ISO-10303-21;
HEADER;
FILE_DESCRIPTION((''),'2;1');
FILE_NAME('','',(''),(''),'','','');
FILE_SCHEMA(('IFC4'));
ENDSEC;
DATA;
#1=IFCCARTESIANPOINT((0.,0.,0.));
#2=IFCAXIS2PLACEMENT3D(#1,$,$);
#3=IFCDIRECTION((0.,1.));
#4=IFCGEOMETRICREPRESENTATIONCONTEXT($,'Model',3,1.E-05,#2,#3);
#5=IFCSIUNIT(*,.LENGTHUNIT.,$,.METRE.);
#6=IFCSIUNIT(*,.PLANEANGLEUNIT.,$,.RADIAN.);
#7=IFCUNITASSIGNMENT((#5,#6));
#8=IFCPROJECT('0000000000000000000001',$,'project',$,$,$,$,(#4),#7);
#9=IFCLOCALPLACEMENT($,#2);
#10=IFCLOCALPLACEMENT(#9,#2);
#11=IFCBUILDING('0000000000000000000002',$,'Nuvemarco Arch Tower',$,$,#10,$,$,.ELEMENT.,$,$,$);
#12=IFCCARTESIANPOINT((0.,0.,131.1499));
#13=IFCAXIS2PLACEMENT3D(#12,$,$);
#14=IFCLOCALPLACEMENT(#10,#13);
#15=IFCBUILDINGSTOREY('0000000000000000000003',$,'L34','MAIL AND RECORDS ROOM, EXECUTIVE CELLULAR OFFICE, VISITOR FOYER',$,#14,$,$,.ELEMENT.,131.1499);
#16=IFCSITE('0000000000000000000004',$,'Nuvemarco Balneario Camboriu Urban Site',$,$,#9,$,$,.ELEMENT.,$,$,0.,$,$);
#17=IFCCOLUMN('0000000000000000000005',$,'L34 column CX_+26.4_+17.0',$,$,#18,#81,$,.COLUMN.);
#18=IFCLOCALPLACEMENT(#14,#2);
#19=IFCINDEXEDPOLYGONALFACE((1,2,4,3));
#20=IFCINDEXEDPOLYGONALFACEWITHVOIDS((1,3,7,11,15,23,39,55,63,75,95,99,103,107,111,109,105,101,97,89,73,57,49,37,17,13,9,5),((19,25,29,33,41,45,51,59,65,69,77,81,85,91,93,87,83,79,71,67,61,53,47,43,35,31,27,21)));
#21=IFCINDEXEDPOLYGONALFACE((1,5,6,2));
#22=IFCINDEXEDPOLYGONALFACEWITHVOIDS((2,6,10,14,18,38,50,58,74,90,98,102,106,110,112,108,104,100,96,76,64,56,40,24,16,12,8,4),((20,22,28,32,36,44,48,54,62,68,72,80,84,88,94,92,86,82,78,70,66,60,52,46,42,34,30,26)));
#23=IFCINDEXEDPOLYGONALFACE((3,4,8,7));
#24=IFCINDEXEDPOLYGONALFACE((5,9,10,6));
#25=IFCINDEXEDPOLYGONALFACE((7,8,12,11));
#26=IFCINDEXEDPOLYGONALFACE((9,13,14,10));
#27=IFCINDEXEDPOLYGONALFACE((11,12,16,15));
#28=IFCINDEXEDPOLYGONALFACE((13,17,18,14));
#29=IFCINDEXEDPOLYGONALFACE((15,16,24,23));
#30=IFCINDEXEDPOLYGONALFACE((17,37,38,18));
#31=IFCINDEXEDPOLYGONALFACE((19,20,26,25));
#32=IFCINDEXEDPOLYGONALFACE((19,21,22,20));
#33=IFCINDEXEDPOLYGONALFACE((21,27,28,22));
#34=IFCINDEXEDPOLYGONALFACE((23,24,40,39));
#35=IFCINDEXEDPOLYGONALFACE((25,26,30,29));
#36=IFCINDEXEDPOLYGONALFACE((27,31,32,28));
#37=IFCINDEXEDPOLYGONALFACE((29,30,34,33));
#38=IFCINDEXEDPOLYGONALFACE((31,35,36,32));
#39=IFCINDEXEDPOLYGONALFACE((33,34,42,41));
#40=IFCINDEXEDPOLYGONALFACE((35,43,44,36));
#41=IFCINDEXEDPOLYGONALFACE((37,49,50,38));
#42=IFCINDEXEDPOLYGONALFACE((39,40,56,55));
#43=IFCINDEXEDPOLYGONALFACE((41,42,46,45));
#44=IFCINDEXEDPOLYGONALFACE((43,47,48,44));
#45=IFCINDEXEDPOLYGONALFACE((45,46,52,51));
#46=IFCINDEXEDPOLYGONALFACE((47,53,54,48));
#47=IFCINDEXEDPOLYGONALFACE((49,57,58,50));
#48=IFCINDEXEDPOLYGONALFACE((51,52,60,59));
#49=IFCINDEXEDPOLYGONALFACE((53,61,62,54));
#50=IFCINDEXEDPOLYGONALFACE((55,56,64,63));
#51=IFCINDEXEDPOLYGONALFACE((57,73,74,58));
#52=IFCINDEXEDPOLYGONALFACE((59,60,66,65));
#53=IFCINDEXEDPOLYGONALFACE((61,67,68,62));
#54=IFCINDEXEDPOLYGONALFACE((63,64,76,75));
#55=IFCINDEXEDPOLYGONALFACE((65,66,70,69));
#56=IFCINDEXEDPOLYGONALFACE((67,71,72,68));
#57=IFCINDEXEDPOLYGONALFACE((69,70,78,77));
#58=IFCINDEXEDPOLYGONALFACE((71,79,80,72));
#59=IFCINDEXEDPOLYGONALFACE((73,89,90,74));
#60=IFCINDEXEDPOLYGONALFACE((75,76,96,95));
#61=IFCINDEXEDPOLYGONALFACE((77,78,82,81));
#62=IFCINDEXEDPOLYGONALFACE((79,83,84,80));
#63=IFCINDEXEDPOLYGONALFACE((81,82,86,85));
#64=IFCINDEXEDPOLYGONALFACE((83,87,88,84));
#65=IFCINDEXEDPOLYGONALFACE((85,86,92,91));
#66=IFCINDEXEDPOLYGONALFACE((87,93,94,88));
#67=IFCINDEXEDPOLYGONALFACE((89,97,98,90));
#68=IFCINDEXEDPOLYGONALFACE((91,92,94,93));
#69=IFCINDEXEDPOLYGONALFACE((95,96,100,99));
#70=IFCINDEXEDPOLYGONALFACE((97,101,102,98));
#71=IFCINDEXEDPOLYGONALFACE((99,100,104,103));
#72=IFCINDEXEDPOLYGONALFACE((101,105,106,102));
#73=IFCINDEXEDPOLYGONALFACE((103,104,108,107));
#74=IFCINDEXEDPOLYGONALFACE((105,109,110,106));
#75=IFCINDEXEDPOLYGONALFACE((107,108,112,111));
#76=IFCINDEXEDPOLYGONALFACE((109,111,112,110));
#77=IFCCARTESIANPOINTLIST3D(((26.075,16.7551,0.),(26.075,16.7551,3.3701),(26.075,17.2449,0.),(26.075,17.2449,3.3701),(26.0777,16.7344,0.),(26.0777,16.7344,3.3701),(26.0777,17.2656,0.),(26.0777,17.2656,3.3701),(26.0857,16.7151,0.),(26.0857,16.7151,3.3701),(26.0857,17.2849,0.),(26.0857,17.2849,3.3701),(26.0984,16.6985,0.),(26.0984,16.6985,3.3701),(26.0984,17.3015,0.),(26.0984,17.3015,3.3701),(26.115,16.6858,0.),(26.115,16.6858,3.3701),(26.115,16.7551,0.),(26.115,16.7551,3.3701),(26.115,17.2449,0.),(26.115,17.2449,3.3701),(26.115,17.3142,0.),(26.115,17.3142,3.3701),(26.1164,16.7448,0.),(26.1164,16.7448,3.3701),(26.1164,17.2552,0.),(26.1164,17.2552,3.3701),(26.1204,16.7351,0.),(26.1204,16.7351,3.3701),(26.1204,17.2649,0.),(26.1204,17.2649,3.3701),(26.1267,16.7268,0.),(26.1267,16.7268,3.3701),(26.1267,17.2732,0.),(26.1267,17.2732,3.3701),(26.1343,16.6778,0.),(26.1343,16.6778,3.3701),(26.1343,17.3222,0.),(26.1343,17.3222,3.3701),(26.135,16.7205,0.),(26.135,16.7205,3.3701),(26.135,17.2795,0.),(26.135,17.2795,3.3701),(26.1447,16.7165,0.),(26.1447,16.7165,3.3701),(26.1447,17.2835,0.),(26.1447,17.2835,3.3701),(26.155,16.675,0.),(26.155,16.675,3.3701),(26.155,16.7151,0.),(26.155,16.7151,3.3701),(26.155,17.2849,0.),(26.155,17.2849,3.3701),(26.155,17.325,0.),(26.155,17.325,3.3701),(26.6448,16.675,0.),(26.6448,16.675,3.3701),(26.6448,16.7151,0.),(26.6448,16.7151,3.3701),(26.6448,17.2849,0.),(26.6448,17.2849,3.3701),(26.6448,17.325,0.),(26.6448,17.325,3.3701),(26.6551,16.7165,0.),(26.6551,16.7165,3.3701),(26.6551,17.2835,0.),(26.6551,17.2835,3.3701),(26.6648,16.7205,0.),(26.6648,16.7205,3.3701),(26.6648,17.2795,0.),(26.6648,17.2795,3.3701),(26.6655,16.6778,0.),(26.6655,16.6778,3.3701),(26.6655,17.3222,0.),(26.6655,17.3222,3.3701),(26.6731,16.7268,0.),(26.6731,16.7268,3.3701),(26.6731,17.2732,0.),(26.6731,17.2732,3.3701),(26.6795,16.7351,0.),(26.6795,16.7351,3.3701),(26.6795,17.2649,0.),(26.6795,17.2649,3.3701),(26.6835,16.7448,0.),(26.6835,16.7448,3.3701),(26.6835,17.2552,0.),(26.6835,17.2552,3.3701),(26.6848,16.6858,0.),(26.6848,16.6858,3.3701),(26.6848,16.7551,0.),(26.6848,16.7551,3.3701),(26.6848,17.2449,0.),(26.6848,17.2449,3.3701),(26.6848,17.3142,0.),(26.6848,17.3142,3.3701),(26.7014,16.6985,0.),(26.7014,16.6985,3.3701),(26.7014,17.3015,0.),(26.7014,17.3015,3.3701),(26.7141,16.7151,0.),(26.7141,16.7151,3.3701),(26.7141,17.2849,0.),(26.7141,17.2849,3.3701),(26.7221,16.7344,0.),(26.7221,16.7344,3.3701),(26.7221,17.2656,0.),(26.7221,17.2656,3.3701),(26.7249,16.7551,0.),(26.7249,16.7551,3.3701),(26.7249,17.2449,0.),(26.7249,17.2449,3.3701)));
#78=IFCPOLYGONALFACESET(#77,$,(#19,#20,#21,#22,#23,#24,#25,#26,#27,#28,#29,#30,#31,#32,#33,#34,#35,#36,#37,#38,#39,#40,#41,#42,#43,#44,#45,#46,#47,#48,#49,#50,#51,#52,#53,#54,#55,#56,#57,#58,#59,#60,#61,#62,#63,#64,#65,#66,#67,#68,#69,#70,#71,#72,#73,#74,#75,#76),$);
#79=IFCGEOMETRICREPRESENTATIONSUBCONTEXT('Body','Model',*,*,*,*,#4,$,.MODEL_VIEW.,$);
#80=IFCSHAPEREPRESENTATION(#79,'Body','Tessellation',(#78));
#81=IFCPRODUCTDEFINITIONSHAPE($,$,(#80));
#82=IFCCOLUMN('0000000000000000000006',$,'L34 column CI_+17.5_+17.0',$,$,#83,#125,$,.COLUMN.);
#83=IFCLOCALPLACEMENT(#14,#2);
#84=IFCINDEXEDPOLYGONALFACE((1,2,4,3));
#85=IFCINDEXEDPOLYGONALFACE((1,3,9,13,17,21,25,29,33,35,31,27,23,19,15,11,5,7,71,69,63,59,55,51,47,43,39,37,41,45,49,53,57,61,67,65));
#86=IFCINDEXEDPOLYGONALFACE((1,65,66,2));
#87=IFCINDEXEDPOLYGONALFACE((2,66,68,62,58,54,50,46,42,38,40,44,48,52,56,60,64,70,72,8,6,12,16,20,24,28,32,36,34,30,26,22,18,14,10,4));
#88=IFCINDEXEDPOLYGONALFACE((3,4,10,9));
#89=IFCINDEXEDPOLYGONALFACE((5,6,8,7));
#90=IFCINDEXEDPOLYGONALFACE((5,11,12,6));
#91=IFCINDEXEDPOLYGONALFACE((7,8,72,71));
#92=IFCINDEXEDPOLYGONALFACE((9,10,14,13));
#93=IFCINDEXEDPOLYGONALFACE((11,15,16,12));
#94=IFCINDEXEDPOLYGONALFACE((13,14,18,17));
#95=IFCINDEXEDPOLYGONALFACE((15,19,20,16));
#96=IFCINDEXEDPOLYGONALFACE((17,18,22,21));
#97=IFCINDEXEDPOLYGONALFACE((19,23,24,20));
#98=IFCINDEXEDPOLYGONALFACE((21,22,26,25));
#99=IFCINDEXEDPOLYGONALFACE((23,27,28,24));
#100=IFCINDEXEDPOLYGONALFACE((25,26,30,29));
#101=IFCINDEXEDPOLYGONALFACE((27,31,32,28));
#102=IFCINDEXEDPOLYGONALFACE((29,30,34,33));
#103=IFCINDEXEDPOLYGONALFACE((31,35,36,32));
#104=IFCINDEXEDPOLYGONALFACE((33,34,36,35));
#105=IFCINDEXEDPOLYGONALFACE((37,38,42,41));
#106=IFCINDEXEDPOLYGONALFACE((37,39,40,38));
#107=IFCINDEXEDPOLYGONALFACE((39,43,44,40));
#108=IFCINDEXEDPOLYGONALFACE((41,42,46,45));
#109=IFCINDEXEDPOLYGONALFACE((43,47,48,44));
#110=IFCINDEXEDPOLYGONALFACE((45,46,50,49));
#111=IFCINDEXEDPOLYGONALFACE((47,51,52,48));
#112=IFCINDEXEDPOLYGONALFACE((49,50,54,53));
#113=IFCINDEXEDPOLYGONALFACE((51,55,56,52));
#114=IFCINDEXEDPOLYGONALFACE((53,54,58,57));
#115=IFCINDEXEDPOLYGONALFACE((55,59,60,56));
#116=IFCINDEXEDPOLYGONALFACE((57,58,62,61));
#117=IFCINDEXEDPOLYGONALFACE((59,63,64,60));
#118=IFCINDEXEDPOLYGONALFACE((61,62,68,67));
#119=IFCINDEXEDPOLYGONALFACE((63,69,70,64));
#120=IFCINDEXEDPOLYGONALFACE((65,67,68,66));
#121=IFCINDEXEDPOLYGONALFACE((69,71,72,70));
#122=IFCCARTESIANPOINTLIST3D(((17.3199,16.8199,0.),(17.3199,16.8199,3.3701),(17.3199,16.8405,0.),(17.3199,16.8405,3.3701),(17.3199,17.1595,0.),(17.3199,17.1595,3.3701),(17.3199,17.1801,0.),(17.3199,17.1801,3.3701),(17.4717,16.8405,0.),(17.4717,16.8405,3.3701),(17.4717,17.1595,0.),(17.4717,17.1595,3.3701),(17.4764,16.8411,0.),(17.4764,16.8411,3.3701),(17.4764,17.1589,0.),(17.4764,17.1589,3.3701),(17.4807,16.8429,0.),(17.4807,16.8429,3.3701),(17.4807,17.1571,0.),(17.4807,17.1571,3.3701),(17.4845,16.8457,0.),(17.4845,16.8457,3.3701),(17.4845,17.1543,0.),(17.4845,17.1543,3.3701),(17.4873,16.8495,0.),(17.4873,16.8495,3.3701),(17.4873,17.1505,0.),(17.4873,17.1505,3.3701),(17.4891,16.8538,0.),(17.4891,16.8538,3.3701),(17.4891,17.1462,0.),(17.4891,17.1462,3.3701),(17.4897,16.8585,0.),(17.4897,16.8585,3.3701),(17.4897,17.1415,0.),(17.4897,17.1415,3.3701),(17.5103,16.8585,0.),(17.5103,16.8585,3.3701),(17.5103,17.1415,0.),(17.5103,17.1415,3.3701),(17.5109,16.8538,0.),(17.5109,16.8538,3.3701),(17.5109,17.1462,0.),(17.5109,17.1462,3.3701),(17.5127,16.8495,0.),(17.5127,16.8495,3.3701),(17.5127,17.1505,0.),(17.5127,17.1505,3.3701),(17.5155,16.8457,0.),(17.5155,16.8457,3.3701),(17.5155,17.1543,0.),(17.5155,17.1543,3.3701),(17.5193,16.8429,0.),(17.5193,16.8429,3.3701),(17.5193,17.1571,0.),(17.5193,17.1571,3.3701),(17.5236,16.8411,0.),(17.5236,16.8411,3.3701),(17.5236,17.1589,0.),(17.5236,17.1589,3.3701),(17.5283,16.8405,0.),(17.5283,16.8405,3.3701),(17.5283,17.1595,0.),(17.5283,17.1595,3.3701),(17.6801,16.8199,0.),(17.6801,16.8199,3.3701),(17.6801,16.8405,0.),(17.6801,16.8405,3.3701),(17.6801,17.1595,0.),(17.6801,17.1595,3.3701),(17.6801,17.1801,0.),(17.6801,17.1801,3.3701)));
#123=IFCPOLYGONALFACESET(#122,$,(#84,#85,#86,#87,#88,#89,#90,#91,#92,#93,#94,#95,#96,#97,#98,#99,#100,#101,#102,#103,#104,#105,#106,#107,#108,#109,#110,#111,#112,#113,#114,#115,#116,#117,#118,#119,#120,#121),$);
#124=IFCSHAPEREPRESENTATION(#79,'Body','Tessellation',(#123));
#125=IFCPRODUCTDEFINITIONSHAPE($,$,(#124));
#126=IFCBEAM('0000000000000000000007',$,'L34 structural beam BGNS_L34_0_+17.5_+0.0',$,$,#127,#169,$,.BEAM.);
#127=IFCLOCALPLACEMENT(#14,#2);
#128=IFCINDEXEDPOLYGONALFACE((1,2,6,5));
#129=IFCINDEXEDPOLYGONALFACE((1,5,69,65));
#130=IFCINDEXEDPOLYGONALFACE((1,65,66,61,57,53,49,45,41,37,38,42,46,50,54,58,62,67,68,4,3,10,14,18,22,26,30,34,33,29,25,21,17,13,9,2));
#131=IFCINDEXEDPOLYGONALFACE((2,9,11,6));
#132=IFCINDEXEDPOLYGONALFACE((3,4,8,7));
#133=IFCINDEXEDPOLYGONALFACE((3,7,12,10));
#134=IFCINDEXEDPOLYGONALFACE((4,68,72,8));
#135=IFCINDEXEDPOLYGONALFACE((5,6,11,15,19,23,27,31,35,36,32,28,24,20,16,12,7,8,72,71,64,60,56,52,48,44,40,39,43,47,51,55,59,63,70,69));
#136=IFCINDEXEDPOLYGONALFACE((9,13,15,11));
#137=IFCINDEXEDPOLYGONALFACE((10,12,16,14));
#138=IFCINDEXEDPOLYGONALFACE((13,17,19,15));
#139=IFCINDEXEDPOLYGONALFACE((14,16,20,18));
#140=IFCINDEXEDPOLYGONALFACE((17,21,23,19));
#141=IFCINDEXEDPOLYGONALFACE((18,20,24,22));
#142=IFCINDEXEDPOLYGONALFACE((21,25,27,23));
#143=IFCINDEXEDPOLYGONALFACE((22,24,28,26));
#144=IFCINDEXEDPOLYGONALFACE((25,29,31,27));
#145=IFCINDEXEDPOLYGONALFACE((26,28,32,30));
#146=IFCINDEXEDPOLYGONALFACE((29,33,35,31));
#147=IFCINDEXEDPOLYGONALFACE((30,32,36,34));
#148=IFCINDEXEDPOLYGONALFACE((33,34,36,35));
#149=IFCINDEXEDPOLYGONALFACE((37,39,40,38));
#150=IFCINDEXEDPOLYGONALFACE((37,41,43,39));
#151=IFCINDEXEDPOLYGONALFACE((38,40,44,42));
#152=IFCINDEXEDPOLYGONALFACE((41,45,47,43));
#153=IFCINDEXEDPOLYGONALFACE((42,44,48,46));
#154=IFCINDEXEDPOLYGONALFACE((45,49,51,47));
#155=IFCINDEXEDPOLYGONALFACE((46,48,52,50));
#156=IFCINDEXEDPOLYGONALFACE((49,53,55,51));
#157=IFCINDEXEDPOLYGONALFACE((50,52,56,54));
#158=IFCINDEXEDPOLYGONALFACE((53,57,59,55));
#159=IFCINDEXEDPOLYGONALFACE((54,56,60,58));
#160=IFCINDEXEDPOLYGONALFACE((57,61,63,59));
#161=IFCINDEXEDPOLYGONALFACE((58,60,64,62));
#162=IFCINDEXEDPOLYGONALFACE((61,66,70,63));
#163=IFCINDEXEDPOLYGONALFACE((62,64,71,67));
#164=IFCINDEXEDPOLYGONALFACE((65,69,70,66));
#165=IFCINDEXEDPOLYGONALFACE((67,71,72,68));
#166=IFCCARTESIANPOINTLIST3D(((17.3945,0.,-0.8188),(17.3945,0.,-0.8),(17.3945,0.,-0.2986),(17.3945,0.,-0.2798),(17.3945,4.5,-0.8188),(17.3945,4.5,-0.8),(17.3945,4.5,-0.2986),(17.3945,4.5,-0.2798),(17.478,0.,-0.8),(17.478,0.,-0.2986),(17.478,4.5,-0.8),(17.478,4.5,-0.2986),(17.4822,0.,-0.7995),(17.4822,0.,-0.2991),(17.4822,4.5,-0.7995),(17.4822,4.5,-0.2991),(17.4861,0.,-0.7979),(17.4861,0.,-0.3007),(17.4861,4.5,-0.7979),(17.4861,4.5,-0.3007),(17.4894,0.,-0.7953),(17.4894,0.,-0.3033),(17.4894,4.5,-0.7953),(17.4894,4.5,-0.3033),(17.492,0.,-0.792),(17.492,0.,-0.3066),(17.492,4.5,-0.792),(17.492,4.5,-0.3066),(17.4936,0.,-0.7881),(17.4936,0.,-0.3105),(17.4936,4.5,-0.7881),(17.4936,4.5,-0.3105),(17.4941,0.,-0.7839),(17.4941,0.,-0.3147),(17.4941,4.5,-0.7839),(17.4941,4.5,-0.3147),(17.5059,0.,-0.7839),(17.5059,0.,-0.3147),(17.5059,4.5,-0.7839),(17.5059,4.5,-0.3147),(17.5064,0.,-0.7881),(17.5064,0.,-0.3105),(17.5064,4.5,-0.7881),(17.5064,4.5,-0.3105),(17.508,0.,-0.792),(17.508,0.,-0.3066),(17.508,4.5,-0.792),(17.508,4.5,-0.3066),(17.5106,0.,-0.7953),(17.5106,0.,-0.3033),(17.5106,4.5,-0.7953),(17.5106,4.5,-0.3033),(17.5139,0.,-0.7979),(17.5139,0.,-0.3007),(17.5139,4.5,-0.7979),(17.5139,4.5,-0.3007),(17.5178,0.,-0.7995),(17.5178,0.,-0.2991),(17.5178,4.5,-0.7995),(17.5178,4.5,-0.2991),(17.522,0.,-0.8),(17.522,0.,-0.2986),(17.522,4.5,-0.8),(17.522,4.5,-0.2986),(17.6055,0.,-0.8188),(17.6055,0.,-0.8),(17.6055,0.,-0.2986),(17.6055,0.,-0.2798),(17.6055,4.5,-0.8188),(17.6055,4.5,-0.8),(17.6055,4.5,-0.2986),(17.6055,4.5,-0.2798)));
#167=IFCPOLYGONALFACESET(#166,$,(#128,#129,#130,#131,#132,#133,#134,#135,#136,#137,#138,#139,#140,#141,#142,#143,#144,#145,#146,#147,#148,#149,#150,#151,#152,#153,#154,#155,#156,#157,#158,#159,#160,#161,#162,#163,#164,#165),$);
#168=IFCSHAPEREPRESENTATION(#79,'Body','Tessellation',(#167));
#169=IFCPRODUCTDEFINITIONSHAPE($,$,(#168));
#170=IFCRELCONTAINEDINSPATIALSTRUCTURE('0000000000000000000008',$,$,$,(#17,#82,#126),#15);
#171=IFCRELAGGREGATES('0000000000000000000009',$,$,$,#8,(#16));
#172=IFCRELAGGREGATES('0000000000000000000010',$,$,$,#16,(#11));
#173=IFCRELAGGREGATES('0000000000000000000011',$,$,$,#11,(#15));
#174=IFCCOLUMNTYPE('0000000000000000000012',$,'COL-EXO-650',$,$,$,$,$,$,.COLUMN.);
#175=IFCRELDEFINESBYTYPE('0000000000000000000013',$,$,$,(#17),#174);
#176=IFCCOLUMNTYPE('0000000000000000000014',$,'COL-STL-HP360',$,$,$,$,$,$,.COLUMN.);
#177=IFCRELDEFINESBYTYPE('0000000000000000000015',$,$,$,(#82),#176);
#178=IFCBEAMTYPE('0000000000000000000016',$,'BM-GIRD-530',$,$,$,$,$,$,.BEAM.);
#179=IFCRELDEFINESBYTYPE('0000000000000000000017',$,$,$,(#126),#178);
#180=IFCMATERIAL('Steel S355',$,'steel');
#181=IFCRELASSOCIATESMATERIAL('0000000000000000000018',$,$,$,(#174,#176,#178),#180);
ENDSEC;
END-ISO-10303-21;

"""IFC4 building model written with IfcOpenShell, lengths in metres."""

from ifc_helpers import new_model, si_unit, direction, frame, origin, origin_2d, place, context, subcontext, project, spatial, hollow_rectangle, i_section, extrude, material, material_profile, profile_set, type_object, element, save


model = new_model("IFC4")

# Units and contexts
model_context = context("Model", 3, precision=1e-05, world=origin(), true_north=direction((0.0, 1.0)))
body_context = subcontext(model_context, "Body", "Model", "MODEL_VIEW")
ifc_project = project(units=[si_unit("LENGTHUNIT", "METRE"), si_unit("PLANEANGLEUNIT", "RADIAN")], contexts=[model_context])

# Site, building, storey
site_placement = place(None, origin())
site = spatial("IfcSite", under=ifc_project, at=site_placement, Name="Nuvemarco Balneario Camboriu Urban Site", CompositionType="ELEMENT", RefElevation=0.0)
building_placement = place(site_placement, origin())
building = spatial("IfcBuilding", under=site, at=building_placement, Name="Nuvemarco Arch Tower", CompositionType="ELEMENT")
storey_placement = place(building_placement, frame((0.0, 0.0, 131.1499)))
storey = spatial("IfcBuildingStorey", under=building, at=storey_placement, Name="L34", Description="MAIL AND RECORDS ROOM, EXECUTIVE CELLULAR OFFICE, VISITOR FOYER", CompositionType="ELEMENT", Elevation=131.1499)

# Columns
ifc_material_1 = material(Name="Steel S355", Category="steel")
ifc_material_profile_1 = material_profile(ifc_material_1, hollow_rectangle(XDim=0.6499, YDim=0.6499, WallThickness=0.04, InnerFilletRadius=0.04, OuterFilletRadius=0.0801, at=origin_2d()), Name="SHS650x650x40")
ifc_profile_set_1 = profile_set([ifc_material_profile_1], Name="Steel S355")
column_type_1 = type_object("IfcColumnType", Name="COL-EXO-650", PredefinedType="COLUMN", material=ifc_profile_set_1)
for number, where, z_axis, x_axis, name in (
    (1, (26.3999, 17.0, 0.0), (0.0, 0.0, 1.0), (1.0, 0.0, 0.0), "L34 column CX_+26.4_+17.0"),
):
    element("IfcColumn", number, at=place(storey_placement, frame(where, z_axis=z_axis, x_axis=x_axis)), inside=storey, type_object=column_type_1, Name=name, PredefinedType="COLUMN", context=body_context, shape_type="SweptSolid", body=[
        extrude(hollow_rectangle(XDim=0.6499, YDim=0.6499, WallThickness=0.04, InnerFilletRadius=0.04, OuterFilletRadius=0.0801, at=origin_2d()), origin(), (0.0, 0.0, 1.0), 3.3701),
    ])
ifc_material_profile_2 = material_profile(ifc_material_1, i_section(OverallWidth=0.3601, OverallDepth=0.3601, WebThickness=0.0205, FlangeThickness=0.0205, FilletRadius=0.0181, at=origin_2d()), Name="HP360x174")
ifc_profile_set_2 = profile_set([ifc_material_profile_2], Name="Steel S355")
column_type_2 = type_object("IfcColumnType", Name="COL-STL-HP360", PredefinedType="COLUMN", material=ifc_profile_set_2)
column_placement = place(storey_placement, frame((17.5, 17.0, 0.0), z_axis=(0.0, 0.0, 1.0), x_axis=(1.0, 0.0, 0.0)))
element("IfcColumn", 2, at=column_placement, inside=storey, type_object=column_type_2, Name="L34 column CI_+17.5_+17.0", PredefinedType="COLUMN", context=body_context, shape_type="SweptSolid", body=[
    extrude(i_section(OverallWidth=0.3601, OverallDepth=0.3601, WebThickness=0.0205, FlangeThickness=0.0205, FilletRadius=0.0181, at=origin_2d()), origin(), (0.0, 0.0, 1.0), 3.3701),
])

# Beam
ifc_material_profile_3 = material_profile(ifc_material_1, i_section(OverallWidth=0.2109, OverallDepth=0.5391, WebThickness=0.0117, FlangeThickness=0.0188, FilletRadius=0.0161, at=origin_2d()), Name="W530x109")
ifc_profile_set_3 = profile_set([ifc_material_profile_3], Name="Steel S355")
beam_type_1 = type_object("IfcBeamType", Name="BM-GIRD-530", PredefinedType="BEAM", material=ifc_profile_set_3)
beam_1_placement = place(storey_placement, frame((17.5, 0.0, -0.5493), z_axis=(0.0, 1.0, 0.0), x_axis=(-1.0, 0.0, 0.0)))
element("IfcBeam", 3, at=beam_1_placement, inside=storey, type_object=beam_type_1, Name="L34 structural beam BGNS_L34_0_+17.5_+0.0", PredefinedType="BEAM", context=body_context, shape_type="SweptSolid", body=[
    extrude(i_section(OverallWidth=0.2109, OverallDepth=0.5391, WebThickness=0.0117, FlangeThickness=0.0188, FilletRadius=0.0161, at=origin_2d()), origin(), (0.0, 0.0, 1.0), 4.5),
])

save(model, "model.ifc")
